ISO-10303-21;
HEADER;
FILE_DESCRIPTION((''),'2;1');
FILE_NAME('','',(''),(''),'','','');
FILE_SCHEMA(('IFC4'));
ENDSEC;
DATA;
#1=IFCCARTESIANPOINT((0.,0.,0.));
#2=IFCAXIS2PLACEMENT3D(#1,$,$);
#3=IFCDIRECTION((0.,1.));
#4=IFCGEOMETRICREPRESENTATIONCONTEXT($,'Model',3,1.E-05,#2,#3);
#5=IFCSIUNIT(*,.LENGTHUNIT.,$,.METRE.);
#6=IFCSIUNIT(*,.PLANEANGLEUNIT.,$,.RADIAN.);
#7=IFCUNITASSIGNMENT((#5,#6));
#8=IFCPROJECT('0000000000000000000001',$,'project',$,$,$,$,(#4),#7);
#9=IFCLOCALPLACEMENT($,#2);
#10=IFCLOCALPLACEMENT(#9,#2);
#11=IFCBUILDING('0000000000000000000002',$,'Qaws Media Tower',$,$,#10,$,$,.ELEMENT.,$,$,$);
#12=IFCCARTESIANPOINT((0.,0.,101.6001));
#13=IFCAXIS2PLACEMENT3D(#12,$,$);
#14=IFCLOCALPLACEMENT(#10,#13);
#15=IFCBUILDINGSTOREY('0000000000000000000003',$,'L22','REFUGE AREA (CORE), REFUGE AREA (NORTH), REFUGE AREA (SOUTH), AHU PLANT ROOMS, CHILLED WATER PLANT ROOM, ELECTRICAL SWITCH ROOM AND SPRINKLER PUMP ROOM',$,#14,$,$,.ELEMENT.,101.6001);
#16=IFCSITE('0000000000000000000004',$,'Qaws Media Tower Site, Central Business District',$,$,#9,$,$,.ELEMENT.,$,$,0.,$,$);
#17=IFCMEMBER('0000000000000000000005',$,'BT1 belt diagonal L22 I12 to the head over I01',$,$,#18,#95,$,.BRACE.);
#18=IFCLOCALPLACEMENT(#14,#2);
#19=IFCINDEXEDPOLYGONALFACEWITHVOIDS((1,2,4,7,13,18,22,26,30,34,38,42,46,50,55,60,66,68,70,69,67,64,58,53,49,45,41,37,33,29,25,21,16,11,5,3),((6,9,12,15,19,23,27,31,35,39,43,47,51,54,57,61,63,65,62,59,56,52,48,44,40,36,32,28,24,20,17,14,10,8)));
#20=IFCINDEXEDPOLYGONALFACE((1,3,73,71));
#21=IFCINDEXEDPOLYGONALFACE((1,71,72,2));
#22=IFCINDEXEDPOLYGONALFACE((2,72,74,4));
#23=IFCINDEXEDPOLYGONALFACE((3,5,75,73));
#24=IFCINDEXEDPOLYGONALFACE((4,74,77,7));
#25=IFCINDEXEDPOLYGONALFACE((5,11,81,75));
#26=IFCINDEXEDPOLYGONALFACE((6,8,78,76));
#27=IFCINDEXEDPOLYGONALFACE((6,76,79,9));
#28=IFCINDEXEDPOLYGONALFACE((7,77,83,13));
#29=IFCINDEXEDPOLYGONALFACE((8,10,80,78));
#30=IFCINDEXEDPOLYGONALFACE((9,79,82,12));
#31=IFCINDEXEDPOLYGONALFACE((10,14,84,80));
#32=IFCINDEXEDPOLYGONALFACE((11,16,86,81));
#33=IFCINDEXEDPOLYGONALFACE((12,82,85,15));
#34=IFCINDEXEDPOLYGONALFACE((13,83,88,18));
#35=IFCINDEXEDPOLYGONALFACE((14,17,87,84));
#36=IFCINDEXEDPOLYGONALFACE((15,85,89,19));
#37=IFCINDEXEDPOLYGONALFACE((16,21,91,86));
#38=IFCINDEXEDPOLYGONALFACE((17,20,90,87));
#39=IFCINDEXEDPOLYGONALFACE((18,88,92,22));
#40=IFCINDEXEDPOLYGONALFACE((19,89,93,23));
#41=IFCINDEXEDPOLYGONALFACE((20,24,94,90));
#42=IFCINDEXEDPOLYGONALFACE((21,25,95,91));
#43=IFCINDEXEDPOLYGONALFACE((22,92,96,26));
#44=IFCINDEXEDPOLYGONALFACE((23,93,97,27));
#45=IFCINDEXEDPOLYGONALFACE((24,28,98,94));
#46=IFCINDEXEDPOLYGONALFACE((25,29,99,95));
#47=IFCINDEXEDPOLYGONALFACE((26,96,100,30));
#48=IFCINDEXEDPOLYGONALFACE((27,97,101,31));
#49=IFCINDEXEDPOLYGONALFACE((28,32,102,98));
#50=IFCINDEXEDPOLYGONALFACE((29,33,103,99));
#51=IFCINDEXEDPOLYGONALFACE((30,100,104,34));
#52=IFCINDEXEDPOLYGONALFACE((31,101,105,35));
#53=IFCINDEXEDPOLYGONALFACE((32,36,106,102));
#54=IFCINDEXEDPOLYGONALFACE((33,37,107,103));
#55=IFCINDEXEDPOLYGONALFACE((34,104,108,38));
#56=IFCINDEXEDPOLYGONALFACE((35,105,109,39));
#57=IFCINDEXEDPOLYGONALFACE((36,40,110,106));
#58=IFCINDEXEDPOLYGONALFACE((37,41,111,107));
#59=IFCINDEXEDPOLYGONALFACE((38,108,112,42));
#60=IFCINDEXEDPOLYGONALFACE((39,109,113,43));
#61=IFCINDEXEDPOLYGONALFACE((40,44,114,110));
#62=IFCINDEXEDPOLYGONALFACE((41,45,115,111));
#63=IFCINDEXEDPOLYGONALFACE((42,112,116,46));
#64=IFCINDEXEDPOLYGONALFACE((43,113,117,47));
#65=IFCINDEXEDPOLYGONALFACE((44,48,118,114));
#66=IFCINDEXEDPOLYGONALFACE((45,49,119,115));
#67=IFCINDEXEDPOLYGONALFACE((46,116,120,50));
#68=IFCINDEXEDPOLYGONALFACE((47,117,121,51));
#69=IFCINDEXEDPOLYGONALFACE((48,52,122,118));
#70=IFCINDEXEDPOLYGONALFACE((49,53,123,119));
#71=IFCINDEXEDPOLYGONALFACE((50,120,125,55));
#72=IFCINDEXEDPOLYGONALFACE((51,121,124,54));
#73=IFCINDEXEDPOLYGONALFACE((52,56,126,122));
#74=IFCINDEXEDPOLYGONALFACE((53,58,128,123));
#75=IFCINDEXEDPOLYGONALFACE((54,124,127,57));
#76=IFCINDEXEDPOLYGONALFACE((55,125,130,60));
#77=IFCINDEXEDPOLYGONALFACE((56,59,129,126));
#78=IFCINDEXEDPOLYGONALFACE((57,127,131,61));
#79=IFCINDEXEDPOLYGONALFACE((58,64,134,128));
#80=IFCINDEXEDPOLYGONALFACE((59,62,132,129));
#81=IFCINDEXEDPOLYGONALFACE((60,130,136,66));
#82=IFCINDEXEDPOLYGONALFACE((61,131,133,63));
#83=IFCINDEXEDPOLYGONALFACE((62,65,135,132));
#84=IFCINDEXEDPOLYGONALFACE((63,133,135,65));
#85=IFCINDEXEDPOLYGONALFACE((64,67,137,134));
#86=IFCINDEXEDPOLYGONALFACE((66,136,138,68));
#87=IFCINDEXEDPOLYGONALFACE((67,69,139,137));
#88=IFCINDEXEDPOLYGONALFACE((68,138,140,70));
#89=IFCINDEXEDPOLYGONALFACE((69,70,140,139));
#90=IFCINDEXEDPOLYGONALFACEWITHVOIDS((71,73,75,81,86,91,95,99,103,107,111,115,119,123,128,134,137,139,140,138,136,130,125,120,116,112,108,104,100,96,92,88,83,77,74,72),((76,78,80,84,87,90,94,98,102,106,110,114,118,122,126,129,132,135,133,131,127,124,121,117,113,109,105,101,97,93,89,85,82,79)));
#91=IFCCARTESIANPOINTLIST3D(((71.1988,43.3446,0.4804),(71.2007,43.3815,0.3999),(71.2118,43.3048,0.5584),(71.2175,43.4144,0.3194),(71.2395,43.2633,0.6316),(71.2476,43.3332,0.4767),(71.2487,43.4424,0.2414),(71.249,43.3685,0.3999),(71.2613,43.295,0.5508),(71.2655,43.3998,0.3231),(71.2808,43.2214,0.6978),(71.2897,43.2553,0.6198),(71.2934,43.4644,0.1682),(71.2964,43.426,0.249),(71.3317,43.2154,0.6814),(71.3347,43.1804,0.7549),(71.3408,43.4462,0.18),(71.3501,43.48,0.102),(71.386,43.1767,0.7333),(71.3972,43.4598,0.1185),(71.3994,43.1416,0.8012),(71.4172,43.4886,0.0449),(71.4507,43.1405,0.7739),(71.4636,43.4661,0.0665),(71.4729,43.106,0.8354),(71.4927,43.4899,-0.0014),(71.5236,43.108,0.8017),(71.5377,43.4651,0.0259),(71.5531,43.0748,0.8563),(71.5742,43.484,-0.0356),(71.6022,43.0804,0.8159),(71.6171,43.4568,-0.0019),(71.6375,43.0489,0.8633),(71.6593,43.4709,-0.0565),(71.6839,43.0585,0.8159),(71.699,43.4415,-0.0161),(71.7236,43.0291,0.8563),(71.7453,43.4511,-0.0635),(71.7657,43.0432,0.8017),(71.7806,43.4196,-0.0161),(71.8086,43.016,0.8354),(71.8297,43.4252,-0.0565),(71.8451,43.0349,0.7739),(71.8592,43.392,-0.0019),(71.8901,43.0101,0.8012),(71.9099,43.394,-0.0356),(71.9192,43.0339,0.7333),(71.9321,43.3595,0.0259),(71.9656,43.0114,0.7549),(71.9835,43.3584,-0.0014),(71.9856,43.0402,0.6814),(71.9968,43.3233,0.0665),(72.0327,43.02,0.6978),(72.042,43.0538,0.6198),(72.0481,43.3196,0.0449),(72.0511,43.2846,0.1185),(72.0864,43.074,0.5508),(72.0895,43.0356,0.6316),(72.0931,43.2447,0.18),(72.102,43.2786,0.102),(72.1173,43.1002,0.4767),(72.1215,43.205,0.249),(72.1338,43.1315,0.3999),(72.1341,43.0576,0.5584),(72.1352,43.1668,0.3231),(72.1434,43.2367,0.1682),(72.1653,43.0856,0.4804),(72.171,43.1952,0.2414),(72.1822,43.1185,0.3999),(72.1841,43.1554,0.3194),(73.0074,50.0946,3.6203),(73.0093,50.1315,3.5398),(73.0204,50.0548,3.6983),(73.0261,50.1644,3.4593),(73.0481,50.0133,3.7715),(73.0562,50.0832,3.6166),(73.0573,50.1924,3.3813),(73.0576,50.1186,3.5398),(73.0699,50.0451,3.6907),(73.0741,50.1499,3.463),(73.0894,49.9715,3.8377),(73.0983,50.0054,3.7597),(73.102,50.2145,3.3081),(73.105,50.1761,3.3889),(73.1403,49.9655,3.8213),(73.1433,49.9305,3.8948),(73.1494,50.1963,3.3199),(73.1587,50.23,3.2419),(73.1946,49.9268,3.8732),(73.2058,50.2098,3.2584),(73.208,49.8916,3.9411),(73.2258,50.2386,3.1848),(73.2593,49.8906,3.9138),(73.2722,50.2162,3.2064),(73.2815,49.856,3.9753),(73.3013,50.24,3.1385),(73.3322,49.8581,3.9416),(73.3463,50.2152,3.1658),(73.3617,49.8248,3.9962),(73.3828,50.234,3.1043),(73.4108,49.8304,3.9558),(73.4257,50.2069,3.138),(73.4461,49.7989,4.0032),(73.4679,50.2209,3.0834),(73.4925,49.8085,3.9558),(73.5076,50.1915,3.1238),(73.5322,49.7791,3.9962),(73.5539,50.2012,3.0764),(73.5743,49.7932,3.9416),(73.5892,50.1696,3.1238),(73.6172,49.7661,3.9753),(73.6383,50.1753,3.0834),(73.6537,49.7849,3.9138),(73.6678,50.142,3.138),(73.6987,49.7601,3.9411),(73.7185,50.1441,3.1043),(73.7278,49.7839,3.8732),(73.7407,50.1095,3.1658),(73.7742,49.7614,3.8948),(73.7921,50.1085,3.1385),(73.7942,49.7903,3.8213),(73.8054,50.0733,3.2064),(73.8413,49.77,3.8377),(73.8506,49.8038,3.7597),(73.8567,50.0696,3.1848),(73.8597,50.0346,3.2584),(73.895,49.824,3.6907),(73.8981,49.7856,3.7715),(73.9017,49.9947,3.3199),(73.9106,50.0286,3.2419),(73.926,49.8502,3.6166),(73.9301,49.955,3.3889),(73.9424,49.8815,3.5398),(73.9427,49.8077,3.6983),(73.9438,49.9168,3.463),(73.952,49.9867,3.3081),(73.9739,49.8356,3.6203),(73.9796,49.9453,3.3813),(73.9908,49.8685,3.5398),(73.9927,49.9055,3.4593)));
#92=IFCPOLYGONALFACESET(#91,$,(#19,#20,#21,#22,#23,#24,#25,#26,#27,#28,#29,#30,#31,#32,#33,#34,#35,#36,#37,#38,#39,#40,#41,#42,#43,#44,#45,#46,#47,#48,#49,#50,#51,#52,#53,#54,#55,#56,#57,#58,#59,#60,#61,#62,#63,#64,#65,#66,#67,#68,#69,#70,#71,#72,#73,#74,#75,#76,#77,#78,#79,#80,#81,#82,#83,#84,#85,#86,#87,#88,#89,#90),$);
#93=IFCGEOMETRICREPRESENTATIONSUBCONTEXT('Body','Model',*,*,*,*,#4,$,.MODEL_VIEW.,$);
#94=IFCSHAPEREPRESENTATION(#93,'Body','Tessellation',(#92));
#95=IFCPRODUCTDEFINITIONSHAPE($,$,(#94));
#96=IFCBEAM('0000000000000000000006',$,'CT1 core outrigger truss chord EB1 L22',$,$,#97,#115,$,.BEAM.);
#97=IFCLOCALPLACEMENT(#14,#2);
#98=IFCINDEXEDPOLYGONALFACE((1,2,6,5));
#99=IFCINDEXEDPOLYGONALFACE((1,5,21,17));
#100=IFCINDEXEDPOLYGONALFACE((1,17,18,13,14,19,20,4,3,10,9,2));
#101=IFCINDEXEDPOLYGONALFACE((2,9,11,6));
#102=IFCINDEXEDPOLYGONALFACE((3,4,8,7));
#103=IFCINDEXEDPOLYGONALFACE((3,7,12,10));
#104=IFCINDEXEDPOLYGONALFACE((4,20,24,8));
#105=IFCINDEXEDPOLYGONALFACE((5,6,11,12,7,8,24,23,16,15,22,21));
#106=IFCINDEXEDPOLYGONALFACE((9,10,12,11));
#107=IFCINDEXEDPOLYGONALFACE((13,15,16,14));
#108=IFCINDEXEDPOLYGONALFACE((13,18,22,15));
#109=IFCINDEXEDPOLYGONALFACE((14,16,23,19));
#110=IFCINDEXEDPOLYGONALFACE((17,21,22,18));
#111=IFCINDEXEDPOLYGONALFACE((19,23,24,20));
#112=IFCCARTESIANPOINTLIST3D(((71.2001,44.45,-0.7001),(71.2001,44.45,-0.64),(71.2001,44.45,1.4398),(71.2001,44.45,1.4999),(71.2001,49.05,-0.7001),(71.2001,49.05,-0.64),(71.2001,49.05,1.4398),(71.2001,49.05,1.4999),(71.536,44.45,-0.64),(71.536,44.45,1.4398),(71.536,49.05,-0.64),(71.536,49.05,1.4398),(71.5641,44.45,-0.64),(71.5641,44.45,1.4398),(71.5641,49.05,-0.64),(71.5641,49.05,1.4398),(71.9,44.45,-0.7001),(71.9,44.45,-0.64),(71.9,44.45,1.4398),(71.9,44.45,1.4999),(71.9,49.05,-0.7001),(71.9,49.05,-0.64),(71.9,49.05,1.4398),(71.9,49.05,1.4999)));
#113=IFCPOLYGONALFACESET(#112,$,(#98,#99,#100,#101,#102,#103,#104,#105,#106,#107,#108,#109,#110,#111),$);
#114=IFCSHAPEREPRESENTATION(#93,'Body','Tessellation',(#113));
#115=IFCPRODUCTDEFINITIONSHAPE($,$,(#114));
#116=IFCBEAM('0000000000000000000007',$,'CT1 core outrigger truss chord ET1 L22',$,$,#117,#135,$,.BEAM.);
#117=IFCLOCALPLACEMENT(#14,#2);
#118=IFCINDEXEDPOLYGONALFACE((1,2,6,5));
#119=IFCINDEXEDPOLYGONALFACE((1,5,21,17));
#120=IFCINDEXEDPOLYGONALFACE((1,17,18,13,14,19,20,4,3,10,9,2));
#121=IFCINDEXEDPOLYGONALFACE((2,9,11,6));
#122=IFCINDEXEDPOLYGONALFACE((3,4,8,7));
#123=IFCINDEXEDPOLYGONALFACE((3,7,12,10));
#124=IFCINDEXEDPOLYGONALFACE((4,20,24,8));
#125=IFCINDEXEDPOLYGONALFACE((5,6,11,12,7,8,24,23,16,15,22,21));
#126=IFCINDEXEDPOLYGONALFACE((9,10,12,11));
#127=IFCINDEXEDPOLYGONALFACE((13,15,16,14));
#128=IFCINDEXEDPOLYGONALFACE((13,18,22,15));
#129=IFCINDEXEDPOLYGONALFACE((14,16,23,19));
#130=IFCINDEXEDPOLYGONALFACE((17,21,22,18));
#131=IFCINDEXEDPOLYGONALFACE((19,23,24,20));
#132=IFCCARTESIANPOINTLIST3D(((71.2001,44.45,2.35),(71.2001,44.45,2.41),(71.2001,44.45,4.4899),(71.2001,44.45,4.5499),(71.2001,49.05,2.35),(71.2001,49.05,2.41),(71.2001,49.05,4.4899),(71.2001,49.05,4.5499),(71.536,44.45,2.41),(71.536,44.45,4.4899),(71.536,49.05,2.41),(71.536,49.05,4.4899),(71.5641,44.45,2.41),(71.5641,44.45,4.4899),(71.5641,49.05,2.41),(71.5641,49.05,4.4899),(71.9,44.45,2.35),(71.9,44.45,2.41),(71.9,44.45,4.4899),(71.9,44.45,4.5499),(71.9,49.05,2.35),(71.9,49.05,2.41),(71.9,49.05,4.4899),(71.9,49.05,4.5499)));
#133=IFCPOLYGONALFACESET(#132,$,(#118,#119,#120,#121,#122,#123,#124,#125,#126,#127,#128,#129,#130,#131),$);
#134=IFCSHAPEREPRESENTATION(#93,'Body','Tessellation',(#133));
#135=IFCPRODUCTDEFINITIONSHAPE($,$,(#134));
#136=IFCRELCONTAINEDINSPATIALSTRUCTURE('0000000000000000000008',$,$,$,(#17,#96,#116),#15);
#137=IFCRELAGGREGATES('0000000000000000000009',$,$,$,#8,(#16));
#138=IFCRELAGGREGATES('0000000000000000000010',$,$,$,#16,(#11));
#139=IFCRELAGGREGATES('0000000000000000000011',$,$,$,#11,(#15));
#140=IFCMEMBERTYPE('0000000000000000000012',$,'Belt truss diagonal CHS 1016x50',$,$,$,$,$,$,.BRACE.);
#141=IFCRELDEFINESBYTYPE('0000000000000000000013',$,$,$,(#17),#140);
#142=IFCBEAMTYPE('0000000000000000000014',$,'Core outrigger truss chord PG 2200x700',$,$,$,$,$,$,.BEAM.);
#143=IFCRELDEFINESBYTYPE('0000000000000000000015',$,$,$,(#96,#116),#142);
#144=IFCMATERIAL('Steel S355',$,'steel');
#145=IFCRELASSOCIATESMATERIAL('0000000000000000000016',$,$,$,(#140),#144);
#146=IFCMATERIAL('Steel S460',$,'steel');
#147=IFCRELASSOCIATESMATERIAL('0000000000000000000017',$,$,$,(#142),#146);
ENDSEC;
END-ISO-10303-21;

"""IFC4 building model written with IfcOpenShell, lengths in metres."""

from ifc_helpers import new_model, si_unit, direction, frame, origin, origin_2d, place, context, subcontext, project, spatial, hollow_circle, i_section, extrude, material, material_profile, profile_set, type_object, element, save


model = new_model("IFC4")

# Units and contexts
model_context = context("Model", 3, precision=1e-05, world=origin(), true_north=direction((0.0, 1.0)))
body_context = subcontext(model_context, "Body", "Model", "MODEL_VIEW")
ifc_project = project(units=[si_unit("LENGTHUNIT", "METRE"), si_unit("PLANEANGLEUNIT", "RADIAN")], contexts=[model_context])

# Site, building, storey
site_placement = place(None, origin())
site = spatial("IfcSite", under=ifc_project, at=site_placement, Name="Qaws Media Tower Site, Central Business District", CompositionType="ELEMENT", RefElevation=0.0)
building_placement = place(site_placement, origin())
building = spatial("IfcBuilding", under=site, at=building_placement, Name="Qaws Media Tower", CompositionType="ELEMENT")
storey_placement = place(building_placement, frame((0.0, 0.0, 101.6001)))
storey = spatial("IfcBuildingStorey", under=building, at=storey_placement, Name="L22", Description="REFUGE AREA (CORE), REFUGE AREA (NORTH), REFUGE AREA (SOUTH), AHU PLANT ROOMS, CHILLED WATER PLANT ROOM, ELECTRICAL SWITCH ROOM AND SPRINKLER PUMP ROOM", CompositionType="ELEMENT", Elevation=101.6001)

# Member
ifc_material_1 = material(Name="Steel S355", Category="steel")
ifc_material_profile_1 = material_profile(ifc_material_1, hollow_circle(Radius=0.5081, WallThickness=0.05, at=origin_2d()), Name="CHS 1016x50")
ifc_profile_set_1 = profile_set([ifc_material_profile_1], Name="Steel S355")
member_type_1 = type_object("IfcMemberType", Name="Belt truss diagonal CHS 1016x50", PredefinedType="BRACE", material=ifc_profile_set_1)
member_1_placement = place(storey_placement, frame((71.6914, 43.25, 0.3999), z_axis=(0.236075, 0.881075, 0.409849), x_axis=(-0.965928, 0.258811, 0.0)))
element("IfcMember", 1, at=member_1_placement, inside=storey, type_object=member_type_1, Name="BT1 belt diagonal L22 I12 to the head over I01", PredefinedType="BRACE", context=body_context, shape_type="SweptSolid", body=[
    extrude(hollow_circle(Radius=0.5081, WallThickness=0.05, at=origin_2d()), origin(), (0.0, 0.0, 1.0), 7.6611),
])

# Beams
ifc_material_2 = material(Name="Steel S460", Category="steel")
ifc_material_profile_2 = material_profile(ifc_material_2, i_section(OverallWidth=0.7, OverallDepth=2.2, WebThickness=0.0281, FlangeThickness=0.0601, at=origin_2d()), Name="PG 2200x700")
ifc_profile_set_2 = profile_set([ifc_material_profile_2], Name="Steel S460")
beam_type_1 = type_object("IfcBeamType", Name="Core outrigger truss chord PG 2200x700", PredefinedType="BEAM", material=ifc_profile_set_2)
for number, where, z_axis, x_axis, name in (
    (2, (71.55, 44.45, 0.3999), (0.0, 1.0, 0.0), (-1.0, 0.0, 0.0), "CT1 core outrigger truss chord EB1 L22"),
    (3, (71.55, 44.45, 3.45), (0.0, 1.0, 0.0), (-1.0, 0.0, 0.0), "CT1 core outrigger truss chord ET1 L22"),
):
    element("IfcBeam", number, at=place(storey_placement, frame(where, z_axis=z_axis, x_axis=x_axis)), inside=storey, type_object=beam_type_1, Name=name, PredefinedType="BEAM", context=body_context, shape_type="SweptSolid", body=[
        extrude(i_section(OverallWidth=0.7, OverallDepth=2.2, WebThickness=0.0281, FlangeThickness=0.0601, at=origin_2d()), origin(), (0.0, 0.0, 1.0), 4.6001),
    ])

save(model, "model.ifc")
